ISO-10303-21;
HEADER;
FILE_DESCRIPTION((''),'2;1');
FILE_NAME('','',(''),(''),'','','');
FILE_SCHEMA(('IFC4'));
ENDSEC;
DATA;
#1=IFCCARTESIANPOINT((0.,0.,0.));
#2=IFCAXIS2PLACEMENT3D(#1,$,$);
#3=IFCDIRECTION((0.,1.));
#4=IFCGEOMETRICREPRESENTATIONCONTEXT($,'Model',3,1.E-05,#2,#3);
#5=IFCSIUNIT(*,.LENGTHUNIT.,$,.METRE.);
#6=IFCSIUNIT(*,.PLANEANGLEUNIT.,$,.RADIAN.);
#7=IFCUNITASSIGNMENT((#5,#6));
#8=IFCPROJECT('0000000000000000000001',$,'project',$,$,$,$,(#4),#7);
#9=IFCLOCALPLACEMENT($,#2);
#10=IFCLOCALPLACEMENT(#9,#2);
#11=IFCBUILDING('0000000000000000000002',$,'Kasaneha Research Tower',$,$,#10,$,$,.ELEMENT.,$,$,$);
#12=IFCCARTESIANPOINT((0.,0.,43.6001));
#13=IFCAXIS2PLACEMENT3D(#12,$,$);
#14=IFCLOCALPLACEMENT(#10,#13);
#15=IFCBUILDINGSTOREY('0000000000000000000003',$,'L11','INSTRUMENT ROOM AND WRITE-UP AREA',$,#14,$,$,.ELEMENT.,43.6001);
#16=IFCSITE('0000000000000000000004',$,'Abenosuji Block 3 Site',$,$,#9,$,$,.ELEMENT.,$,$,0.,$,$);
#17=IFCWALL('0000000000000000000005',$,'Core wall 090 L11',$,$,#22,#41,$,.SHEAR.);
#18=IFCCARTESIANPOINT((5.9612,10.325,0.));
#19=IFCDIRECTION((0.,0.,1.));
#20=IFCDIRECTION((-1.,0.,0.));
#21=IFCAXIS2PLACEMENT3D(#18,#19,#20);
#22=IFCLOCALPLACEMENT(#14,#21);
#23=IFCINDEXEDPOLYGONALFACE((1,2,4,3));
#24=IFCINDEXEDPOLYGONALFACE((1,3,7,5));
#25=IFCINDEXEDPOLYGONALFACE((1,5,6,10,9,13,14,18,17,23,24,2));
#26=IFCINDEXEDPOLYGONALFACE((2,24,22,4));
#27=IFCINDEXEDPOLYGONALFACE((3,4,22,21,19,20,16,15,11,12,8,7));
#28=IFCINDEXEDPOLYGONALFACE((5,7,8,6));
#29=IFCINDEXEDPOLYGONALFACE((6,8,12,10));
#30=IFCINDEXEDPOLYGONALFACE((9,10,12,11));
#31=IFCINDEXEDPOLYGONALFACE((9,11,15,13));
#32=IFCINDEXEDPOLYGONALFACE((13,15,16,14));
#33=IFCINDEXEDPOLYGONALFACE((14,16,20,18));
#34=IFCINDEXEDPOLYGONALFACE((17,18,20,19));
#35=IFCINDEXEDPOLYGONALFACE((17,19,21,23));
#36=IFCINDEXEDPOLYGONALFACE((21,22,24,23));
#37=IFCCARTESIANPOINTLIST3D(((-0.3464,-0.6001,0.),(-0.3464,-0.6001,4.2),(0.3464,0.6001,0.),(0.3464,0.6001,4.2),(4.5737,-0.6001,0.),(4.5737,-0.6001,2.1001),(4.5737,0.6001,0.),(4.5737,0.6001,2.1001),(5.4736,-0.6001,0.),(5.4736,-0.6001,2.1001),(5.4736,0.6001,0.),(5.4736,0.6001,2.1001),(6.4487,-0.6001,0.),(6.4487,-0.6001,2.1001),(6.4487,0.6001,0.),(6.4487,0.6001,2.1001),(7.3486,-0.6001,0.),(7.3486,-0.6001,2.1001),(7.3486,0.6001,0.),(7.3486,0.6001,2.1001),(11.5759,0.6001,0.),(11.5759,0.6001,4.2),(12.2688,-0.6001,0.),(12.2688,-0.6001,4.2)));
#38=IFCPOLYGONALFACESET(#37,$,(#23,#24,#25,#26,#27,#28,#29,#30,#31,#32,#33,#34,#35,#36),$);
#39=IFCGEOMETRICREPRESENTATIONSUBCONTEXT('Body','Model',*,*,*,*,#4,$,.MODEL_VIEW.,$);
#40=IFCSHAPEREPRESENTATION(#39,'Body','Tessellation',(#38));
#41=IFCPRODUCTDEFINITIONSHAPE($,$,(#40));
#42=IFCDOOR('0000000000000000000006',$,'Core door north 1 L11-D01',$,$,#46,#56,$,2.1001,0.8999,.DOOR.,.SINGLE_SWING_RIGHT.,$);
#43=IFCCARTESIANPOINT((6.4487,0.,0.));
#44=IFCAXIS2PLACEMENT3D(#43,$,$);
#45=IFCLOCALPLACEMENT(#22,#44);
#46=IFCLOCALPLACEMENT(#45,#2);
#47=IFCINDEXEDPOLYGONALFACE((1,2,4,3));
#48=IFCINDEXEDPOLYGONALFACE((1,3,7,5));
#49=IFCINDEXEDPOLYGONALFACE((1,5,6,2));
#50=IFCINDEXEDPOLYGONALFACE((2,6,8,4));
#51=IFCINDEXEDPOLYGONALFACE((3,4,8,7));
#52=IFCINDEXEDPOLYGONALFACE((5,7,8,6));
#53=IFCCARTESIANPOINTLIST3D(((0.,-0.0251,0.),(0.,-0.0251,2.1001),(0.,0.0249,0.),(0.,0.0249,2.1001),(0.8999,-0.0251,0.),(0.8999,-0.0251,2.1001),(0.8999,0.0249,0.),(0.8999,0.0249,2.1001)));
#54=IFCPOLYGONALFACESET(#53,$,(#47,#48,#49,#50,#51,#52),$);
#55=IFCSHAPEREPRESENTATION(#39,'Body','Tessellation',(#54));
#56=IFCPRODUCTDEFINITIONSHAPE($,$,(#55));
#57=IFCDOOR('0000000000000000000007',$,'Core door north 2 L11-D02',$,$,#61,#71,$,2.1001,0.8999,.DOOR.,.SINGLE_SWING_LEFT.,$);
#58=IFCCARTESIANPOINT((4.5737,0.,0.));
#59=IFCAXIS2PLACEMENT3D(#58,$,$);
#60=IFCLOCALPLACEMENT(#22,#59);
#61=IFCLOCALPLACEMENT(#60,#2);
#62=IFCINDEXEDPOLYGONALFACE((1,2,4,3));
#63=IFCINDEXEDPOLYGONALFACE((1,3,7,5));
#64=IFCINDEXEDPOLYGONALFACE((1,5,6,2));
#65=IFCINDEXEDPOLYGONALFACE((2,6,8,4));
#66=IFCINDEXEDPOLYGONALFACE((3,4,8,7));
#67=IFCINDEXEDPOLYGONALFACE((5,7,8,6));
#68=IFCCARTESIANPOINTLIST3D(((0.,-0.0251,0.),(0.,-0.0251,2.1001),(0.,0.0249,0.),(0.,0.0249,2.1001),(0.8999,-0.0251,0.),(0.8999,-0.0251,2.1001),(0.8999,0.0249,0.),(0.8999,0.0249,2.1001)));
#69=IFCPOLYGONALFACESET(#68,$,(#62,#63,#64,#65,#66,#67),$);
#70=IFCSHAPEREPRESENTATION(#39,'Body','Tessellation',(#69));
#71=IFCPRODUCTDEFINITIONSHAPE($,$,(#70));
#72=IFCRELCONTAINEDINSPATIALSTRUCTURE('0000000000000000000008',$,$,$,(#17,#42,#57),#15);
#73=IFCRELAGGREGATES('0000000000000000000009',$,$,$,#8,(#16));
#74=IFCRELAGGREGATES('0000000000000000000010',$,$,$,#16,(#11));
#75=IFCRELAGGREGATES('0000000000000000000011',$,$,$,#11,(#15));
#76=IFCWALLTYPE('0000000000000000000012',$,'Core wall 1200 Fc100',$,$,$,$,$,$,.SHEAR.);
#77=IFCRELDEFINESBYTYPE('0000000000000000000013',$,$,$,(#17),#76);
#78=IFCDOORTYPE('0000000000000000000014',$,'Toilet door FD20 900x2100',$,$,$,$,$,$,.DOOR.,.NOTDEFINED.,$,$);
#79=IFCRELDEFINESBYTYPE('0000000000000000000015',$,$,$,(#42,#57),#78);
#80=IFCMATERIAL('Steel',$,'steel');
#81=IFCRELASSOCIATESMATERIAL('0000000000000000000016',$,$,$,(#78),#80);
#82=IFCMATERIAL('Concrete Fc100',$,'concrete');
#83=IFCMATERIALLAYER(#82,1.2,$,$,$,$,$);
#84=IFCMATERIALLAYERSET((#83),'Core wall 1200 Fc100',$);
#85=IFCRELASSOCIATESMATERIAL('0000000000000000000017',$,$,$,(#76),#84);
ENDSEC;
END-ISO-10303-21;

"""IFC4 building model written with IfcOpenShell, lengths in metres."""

from ifc_helpers import new_model, si_unit, direction, frame, frame_2d, origin, place, context, subcontext, project, spatial, polyline, rectangle, outline, extrude, material, layer, layer_set, type_object, element, fill, save


model = new_model("IFC4")

# Units and contexts
model_context = context("Model", 3, precision=1e-05, world=origin(), true_north=direction((0.0, 1.0)))
body_context = subcontext(model_context, "Body", "Model", "MODEL_VIEW")
ifc_project = project(units=[si_unit("LENGTHUNIT", "METRE"), si_unit("PLANEANGLEUNIT", "RADIAN")], contexts=[model_context])

# Site, building, storey
site_placement = place(None, origin())
site = spatial("IfcSite", under=ifc_project, at=site_placement, Name="Abenosuji Block 3 Site", CompositionType="ELEMENT", RefElevation=0.0)
building_placement = place(site_placement, origin())
building = spatial("IfcBuilding", under=site, at=building_placement, Name="Kasaneha Research Tower", CompositionType="ELEMENT")
storey_placement = place(building_placement, frame((0.0, 0.0, 43.6001)))
storey = spatial("IfcBuildingStorey", under=building, at=storey_placement, Name="L11", Description="INSTRUMENT ROOM AND WRITE-UP AREA", CompositionType="ELEMENT", Elevation=43.6001)

# Shared definitions
ifc_material_1 = material(Name="Steel", Category="steel")
door_type_1 = type_object("IfcDoorType", Name="Toilet door FD20 900x2100", OperationType="NOTDEFINED", PredefinedType="DOOR", material=ifc_material_1)

# Wall, openings, doors
ifc_material_2 = material(Name="Concrete Fc100", Category="concrete")
ifc_layer_1 = layer(ifc_material_2, 1.2)
ifc_layer_set_1 = layer_set([ifc_layer_1], Name="Core wall 1200 Fc100")
wall_type_1 = type_object("IfcWallType", Name="Core wall 1200 Fc100", PredefinedType="SHEAR", material=ifc_layer_set_1)
wall_1_placement = place(storey_placement, frame((5.9612, 10.325, 0.0), z_axis=(0.0, 0.0, 1.0), x_axis=(-1.0, 0.0, 0.0)))
wall_1 = element("IfcWall", 1, at=wall_1_placement, inside=storey, type_object=wall_type_1, Name="Core wall 090 L11", PredefinedType="SHEAR", context=body_context, shape_type="SweptSolid", body=[
    extrude(outline(polyline([(-0.3464, -0.6001), (4.5737, -0.6001), (5.4736, -0.6001), (6.4487, -0.6001), (7.3486, -0.6001), (12.2688, -0.6001), (11.5759, 0.6001), (7.3486, 0.6001), (6.4487, 0.6001), (5.4736, 0.6001), (4.5737, 0.6001), (0.3464, 0.6001), (-0.3464, -0.6001)])), origin(), (0.0, 0.0, 1.0), 4.2),
])
opening_1_placement = place(wall_1_placement, frame((6.4487, 0.0, 0.0)))
opening_1 = element("IfcOpeningElement", 2, at=opening_1_placement, cuts=wall_1, PredefinedType="OPENING", context=body_context, shape_type="SweptSolid", body=[
    extrude(rectangle(XDim=0.8999, YDim=2.1001, at=frame_2d((0.45, 1.05))), frame((0.0, 0.6099, 0.0), z_axis=(0.0, -1.0, 0.0), x_axis=(1.0, 0.0, 0.0)), (0.0, 0.0, 1.0), 1.22),
])
opening_2_placement = place(wall_1_placement, frame((4.5737, 0.0, 0.0)))
opening_2 = element("IfcOpeningElement", 3, at=opening_2_placement, cuts=wall_1, PredefinedType="OPENING", context=body_context, shape_type="SweptSolid", body=[
    extrude(rectangle(XDim=0.8999, YDim=2.1001, at=frame_2d((0.45, 1.05))), frame((0.0, 0.6099, 0.0), z_axis=(0.0, -1.0, 0.0), x_axis=(1.0, 0.0, 0.0)), (0.0, 0.0, 1.0), 1.22),
])
door_1_placement = place(opening_1_placement, origin())
door_1 = element("IfcDoor", 4, at=door_1_placement, inside=storey, type_object=door_type_1, Name="Core door north 1 L11-D01", OperationType="SINGLE_SWING_RIGHT", OverallHeight=2.1001, OverallWidth=0.8999, PredefinedType="DOOR", context=body_context, shape_type="SweptSolid", body=[
    extrude(rectangle(XDim=0.8999, YDim=2.1001, at=frame_2d((0.45, 1.05))), frame((0.0, 0.0249, 0.0), z_axis=(0.0, -1.0, 0.0), x_axis=(1.0, 0.0, 0.0)), (0.0, 0.0, 1.0), 0.05),
])
fill(opening_1, door_1)
door_2_placement = place(opening_2_placement, origin())
door_2 = element("IfcDoor", 5, at=door_2_placement, inside=storey, type_object=door_type_1, Name="Core door north 2 L11-D02", OperationType="SINGLE_SWING_LEFT", OverallHeight=2.1001, OverallWidth=0.8999, PredefinedType="DOOR", context=body_context, shape_type="SweptSolid", body=[
    extrude(rectangle(XDim=0.8999, YDim=2.1001, at=frame_2d((0.45, 1.05))), frame((0.0, 0.0249, 0.0), z_axis=(0.0, -1.0, 0.0), x_axis=(1.0, 0.0, 0.0)), (0.0, 0.0, 1.0), 0.05),
])
fill(opening_2, door_2)

save(model, "model.ifc")
